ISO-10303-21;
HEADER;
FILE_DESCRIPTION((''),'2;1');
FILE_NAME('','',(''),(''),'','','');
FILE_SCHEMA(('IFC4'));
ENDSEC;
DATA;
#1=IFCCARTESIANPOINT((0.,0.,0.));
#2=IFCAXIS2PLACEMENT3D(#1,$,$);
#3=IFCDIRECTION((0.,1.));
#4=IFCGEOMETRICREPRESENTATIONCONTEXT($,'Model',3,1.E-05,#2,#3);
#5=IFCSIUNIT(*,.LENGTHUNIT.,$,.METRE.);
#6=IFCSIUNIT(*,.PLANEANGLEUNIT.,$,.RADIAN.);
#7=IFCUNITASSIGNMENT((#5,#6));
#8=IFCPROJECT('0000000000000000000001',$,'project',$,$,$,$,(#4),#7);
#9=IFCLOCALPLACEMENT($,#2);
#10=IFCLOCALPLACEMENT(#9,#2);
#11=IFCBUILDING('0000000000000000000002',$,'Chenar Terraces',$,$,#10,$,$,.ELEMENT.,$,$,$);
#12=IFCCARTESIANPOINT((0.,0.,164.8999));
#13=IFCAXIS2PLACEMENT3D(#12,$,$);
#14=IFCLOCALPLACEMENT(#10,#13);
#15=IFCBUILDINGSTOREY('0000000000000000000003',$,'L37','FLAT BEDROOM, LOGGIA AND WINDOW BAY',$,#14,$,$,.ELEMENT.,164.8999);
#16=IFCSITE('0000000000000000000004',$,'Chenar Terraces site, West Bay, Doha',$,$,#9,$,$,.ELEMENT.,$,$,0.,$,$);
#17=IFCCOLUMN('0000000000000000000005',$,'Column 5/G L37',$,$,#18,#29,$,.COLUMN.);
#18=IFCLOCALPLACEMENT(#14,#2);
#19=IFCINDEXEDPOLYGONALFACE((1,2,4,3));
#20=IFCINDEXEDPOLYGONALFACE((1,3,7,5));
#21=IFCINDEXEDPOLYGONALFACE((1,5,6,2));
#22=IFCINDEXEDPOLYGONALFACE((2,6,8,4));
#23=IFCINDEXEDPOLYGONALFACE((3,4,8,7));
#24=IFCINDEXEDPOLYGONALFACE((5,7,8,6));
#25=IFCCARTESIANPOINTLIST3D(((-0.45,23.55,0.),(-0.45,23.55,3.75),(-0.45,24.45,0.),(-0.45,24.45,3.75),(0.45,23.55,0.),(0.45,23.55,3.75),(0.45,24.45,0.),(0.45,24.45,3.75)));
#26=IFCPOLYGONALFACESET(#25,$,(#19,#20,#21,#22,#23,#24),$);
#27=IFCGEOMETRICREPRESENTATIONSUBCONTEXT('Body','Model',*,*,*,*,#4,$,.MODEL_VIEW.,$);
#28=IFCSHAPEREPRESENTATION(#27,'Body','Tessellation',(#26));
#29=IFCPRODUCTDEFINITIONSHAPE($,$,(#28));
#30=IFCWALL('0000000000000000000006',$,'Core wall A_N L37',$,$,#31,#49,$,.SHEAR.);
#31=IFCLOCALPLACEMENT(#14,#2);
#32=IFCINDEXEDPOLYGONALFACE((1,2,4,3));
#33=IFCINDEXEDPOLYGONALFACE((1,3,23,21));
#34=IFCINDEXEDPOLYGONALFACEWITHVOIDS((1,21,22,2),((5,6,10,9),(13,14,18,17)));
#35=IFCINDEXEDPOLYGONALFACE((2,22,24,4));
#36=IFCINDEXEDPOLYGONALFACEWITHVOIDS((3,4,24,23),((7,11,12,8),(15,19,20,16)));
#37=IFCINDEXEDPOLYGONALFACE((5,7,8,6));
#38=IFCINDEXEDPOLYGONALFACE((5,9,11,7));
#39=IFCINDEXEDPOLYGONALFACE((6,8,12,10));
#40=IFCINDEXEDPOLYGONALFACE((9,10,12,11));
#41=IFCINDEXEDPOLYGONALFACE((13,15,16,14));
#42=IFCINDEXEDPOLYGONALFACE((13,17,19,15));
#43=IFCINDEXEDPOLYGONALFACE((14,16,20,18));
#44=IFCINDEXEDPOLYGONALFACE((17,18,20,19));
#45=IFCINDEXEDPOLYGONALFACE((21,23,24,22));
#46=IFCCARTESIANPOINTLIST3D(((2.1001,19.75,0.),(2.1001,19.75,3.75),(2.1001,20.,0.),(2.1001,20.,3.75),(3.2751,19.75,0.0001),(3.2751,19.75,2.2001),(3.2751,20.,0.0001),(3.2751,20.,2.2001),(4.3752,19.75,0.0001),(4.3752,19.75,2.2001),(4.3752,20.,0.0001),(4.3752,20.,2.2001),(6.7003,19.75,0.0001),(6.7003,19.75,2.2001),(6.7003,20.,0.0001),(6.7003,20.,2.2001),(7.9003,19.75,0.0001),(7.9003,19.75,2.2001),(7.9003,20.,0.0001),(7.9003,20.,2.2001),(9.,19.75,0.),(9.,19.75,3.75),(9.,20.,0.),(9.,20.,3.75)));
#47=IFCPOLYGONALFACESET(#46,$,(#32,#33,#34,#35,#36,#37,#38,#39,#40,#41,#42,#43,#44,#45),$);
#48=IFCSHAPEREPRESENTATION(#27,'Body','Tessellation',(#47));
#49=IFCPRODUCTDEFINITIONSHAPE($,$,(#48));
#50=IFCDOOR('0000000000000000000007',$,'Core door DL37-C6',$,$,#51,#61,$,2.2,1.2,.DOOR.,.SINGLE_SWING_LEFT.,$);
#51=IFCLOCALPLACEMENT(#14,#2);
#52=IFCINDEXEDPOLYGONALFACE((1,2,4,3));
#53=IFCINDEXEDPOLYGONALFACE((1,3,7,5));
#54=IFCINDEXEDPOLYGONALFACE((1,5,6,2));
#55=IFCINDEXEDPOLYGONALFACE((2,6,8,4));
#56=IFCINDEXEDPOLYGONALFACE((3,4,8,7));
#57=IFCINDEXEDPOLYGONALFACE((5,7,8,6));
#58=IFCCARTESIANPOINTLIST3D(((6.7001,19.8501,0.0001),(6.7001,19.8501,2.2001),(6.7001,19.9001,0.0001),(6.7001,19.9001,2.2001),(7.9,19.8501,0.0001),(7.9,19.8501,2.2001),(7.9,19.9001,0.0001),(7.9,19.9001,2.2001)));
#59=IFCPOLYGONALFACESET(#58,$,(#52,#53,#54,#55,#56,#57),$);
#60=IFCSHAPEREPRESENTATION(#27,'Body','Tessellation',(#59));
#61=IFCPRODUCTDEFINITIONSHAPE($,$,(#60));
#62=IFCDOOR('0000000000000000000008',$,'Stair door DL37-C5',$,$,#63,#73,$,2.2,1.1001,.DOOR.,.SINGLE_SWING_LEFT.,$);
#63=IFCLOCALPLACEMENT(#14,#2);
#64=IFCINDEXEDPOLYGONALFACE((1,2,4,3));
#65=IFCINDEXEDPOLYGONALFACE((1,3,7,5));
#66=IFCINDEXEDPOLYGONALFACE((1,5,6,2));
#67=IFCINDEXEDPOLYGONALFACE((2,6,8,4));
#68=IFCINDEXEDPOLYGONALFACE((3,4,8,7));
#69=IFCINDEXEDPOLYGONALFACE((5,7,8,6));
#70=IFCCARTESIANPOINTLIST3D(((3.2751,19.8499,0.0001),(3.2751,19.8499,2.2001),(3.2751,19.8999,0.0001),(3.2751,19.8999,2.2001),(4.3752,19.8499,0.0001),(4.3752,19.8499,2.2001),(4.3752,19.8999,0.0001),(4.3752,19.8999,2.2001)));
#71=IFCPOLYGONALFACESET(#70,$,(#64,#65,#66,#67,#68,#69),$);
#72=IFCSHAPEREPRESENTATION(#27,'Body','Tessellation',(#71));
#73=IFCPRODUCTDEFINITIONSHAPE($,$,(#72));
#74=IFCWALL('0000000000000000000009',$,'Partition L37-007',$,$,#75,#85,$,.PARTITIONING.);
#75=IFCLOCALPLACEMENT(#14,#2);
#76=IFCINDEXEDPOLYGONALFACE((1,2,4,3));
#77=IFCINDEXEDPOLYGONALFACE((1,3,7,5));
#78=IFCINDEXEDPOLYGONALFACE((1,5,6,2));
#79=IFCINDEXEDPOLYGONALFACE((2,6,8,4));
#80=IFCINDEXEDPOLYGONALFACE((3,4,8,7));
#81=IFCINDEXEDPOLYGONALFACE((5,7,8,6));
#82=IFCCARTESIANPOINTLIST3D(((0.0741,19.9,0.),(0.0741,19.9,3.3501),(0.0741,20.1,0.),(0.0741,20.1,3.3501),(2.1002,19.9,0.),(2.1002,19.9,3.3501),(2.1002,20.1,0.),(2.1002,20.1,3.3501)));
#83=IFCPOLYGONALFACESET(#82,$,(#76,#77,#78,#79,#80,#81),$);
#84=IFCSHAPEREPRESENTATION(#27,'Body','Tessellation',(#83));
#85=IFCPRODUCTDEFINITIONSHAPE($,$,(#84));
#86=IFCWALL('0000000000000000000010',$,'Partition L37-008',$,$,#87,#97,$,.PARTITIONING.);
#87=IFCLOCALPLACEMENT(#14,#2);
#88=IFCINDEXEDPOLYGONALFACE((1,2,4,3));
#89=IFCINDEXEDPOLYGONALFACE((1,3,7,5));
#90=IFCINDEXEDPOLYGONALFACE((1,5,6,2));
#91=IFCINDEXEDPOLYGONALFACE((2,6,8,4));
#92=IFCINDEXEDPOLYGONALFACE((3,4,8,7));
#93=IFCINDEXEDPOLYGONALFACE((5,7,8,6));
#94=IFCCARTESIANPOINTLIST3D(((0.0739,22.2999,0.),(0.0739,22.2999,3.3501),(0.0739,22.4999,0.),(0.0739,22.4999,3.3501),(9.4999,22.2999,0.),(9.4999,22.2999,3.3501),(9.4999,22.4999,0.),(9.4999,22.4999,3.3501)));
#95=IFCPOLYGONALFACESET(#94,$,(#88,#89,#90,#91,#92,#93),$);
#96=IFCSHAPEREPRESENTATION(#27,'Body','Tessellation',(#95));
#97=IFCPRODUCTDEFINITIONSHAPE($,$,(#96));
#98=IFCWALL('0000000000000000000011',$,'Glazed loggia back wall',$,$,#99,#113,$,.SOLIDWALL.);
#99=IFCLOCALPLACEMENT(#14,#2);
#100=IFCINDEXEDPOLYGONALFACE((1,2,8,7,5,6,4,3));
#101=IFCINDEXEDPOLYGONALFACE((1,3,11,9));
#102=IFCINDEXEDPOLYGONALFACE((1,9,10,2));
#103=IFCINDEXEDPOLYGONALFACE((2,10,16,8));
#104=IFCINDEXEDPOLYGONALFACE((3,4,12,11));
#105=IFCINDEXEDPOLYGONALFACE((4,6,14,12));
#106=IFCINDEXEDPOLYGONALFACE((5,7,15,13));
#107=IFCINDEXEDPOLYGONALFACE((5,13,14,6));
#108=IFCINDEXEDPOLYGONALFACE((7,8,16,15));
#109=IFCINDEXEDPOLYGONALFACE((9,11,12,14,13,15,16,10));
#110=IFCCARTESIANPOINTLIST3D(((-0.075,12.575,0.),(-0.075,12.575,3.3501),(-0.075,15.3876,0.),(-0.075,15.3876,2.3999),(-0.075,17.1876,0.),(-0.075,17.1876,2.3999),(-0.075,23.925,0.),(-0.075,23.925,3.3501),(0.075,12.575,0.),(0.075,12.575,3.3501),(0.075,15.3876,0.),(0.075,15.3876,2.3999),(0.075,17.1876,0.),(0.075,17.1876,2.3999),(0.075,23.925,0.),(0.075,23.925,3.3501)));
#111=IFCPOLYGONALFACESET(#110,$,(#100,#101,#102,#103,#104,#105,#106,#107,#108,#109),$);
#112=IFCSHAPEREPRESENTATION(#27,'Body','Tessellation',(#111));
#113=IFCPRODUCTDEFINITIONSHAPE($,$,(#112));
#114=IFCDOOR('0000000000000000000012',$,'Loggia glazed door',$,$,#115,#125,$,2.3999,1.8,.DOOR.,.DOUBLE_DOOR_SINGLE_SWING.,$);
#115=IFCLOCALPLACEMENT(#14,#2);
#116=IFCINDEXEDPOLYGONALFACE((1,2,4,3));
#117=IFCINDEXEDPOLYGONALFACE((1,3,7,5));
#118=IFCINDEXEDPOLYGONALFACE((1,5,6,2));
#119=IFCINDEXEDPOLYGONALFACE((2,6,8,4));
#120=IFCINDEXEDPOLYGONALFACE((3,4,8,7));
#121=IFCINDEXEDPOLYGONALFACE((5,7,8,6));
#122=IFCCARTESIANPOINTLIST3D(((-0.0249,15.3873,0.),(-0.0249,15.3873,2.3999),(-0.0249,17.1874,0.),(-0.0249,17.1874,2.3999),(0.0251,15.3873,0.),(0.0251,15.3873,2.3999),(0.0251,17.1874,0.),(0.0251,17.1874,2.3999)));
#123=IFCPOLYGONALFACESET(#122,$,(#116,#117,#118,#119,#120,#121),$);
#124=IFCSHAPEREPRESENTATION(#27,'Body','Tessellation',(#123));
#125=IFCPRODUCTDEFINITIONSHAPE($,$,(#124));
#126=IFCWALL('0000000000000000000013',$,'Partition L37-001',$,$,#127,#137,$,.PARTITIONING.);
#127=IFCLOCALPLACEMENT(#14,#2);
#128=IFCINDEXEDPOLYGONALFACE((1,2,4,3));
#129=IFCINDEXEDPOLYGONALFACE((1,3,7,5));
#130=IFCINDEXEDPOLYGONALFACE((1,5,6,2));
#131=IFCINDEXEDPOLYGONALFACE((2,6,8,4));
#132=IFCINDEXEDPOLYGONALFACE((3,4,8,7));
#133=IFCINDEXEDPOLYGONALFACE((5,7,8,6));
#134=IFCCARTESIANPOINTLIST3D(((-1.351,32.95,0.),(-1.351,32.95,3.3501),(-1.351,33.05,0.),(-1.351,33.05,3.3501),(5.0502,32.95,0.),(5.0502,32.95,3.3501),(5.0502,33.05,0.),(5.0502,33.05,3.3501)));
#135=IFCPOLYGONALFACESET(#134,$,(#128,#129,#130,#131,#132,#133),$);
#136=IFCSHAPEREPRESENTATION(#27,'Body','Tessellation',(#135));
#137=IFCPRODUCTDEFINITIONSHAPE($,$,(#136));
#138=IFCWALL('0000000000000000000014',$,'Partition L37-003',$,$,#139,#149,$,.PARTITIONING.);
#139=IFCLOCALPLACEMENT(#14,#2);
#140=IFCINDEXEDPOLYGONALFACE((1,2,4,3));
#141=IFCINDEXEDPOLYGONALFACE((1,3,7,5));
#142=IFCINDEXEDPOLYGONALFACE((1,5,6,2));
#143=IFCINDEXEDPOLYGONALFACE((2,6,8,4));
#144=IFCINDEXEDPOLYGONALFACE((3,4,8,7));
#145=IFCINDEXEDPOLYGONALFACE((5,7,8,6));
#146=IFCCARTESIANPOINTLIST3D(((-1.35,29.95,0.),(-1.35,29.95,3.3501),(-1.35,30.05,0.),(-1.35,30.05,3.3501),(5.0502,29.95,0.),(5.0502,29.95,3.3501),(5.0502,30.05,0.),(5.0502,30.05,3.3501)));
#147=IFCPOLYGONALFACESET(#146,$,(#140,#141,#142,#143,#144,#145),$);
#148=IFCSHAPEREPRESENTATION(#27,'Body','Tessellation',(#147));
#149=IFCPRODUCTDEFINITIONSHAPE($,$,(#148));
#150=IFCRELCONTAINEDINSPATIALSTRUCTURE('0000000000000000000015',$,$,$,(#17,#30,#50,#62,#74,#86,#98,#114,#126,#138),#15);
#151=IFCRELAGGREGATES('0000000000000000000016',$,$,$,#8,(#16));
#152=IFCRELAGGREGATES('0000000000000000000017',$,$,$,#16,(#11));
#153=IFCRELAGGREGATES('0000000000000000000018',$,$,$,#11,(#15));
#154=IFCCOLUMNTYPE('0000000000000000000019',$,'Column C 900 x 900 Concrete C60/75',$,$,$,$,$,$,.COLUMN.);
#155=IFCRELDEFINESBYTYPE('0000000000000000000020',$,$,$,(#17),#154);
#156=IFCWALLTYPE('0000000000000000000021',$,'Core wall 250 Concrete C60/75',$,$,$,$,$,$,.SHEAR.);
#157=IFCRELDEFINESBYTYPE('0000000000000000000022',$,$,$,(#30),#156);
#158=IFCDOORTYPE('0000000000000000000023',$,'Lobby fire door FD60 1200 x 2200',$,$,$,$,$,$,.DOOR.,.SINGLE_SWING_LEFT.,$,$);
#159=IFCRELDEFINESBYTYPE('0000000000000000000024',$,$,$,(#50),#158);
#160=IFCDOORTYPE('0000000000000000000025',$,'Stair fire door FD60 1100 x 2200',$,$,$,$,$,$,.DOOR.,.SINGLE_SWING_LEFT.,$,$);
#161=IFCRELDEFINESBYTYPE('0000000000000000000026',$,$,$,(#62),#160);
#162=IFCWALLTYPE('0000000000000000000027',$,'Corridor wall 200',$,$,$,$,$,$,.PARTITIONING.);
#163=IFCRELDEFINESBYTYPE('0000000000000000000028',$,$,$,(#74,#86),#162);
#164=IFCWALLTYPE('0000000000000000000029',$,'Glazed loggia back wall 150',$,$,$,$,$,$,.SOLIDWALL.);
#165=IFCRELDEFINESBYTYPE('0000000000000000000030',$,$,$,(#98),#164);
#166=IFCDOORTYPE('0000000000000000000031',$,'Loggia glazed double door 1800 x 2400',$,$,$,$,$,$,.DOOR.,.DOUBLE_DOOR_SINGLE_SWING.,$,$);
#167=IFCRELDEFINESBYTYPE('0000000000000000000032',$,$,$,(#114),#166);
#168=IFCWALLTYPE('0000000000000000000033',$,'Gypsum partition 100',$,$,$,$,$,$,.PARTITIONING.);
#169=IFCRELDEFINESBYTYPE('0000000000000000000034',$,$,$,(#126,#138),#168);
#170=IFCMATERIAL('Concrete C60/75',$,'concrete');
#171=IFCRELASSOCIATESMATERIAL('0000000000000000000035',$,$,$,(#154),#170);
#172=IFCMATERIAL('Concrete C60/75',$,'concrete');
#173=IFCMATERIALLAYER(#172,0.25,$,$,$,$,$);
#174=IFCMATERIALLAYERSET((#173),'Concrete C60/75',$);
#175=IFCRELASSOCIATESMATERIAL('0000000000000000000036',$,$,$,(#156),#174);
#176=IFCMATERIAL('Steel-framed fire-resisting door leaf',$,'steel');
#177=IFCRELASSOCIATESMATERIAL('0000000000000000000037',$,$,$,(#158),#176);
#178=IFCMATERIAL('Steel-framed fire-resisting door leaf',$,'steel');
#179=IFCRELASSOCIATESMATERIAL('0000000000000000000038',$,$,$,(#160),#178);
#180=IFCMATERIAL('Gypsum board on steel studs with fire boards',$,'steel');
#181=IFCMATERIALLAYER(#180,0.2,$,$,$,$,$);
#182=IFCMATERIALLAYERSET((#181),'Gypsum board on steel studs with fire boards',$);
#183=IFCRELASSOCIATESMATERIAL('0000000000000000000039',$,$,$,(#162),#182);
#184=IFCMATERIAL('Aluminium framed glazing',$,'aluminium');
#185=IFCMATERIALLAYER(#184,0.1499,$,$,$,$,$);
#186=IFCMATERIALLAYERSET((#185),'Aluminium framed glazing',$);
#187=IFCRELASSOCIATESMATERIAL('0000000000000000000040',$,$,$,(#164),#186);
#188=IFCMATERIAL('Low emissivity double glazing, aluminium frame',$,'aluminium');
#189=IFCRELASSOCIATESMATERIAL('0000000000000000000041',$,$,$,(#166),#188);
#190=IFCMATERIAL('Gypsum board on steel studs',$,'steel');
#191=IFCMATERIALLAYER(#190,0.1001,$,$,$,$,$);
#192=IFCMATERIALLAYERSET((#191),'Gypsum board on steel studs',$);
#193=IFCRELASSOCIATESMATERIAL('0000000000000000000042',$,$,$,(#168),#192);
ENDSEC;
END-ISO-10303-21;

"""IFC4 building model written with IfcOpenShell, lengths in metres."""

from ifc_helpers import new_model, si_unit, direction, frame, frame_2d, origin, origin_2d, place, context, subcontext, project, spatial, rectangle, extrude, material, layer, layer_set, material_profile, profile_set, type_object, element, fill, save


model = new_model("IFC4")

# Units and contexts
model_context = context("Model", 3, precision=1e-05, world=origin(), true_north=direction((0.0, 1.0)))
body_context = subcontext(model_context, "Body", "Model", "MODEL_VIEW")
ifc_project = project(units=[si_unit("LENGTHUNIT", "METRE"), si_unit("PLANEANGLEUNIT", "RADIAN")], contexts=[model_context])

# Site, building, storey
site_placement = place(None, origin())
site = spatial("IfcSite", under=ifc_project, at=site_placement, Name="Chenar Terraces site, West Bay, Doha", CompositionType="ELEMENT", RefElevation=0.0)
building_placement = place(site_placement, origin())
building = spatial("IfcBuilding", under=site, at=building_placement, Name="Chenar Terraces", CompositionType="ELEMENT")
storey_placement = place(building_placement, frame((0.0, 0.0, 164.8999)))
storey = spatial("IfcBuildingStorey", under=building, at=storey_placement, Name="L37", Description="FLAT BEDROOM, LOGGIA AND WINDOW BAY", CompositionType="ELEMENT", Elevation=164.8999)

# Column
ifc_material_1 = material(Name="Concrete C60/75", Category="concrete")
ifc_material_profile_1 = material_profile(ifc_material_1, rectangle(XDim=0.8999, YDim=0.8999, at=origin_2d()), Name="C 900 x 900")
ifc_profile_set_1 = profile_set([ifc_material_profile_1], Name="Concrete C60/75")
column_type = type_object("IfcColumnType", Name="Column C 900 x 900 Concrete C60/75", PredefinedType="COLUMN", material=ifc_profile_set_1)
column_placement = place(storey_placement, frame((0.0, 24.0, 0.0), z_axis=(0.0, 0.0, 1.0), x_axis=(1.0, 0.0, 0.0)))
element("IfcColumn", 1, at=column_placement, inside=storey, type_object=column_type, Name="Column 5/G L37", PredefinedType="COLUMN", context=body_context, shape_type="SweptSolid", body=[
    extrude(rectangle(XDim=0.8999, YDim=0.8999, at=origin_2d()), origin(), (0.0, 0.0, 1.0), 3.75),
])

# Wall, openings, doors
ifc_material_2 = material(Name="Concrete C60/75", Category="concrete")
ifc_layer_1 = layer(ifc_material_2, 0.25)
ifc_layer_set_1 = layer_set([ifc_layer_1], Name="Concrete C60/75")
wall_type_1 = type_object("IfcWallType", Name="Core wall 250 Concrete C60/75", PredefinedType="SHEAR", material=ifc_layer_set_1)
wall_1_placement = place(storey_placement, frame((2.1001, 19.875, 0.0), z_axis=(0.0, 0.0, 1.0), x_axis=(1.0, 0.0, 0.0)))
wall_1 = element("IfcWall", 2, at=wall_1_placement, inside=storey, type_object=wall_type_1, Name="Core wall A_N L37", PredefinedType="SHEAR", context=body_context, shape_type="SweptSolid", body=[
    extrude(rectangle(XDim=6.8999, YDim=0.25, at=frame_2d((3.45, 0.0))), origin(), (0.0, 0.0, 1.0), 3.75),
])
opening_1_placement = place(wall_1_placement, frame((1.175, 0.0, 0.0)))
opening_1 = element("IfcOpeningElement", 3, at=opening_1_placement, cuts=wall_1, PredefinedType="OPENING", context=body_context, shape_type="SweptSolid", body=[
    extrude(rectangle(XDim=1.1001, YDim=2.2, at=frame_2d((0.55, 1.1001))), frame((0.0, 0.135, 0.0), z_axis=(0.0, -1.0, 0.0), x_axis=(1.0, 0.0, 0.0)), (0.0, 0.0, 1.0), 0.27),
])
opening_2_placement = place(wall_1_placement, frame((4.6001, 0.0, 0.0)))
opening_2 = element("IfcOpeningElement", 4, at=opening_2_placement, cuts=wall_1, PredefinedType="OPENING", context=body_context, shape_type="SweptSolid", body=[
    extrude(rectangle(XDim=1.2, YDim=2.2, at=frame_2d((0.6001, 1.1001))), frame((0.0, 0.135, 0.0), z_axis=(0.0, -1.0, 0.0), x_axis=(1.0, 0.0, 0.0)), (0.0, 0.0, 1.0), 0.27),
])
ifc_material_3 = material(Name="Steel-framed fire-resisting door leaf", Category="steel")
door_type_1 = type_object("IfcDoorType", Name="Lobby fire door FD60 1200 x 2200", OperationType="SINGLE_SWING_LEFT", PredefinedType="DOOR", material=ifc_material_3)
door_1_placement = place(opening_2_placement, frame((1.2, 0.0, 0.0), z_axis=(0.0, 0.0, 1.0), x_axis=(-1.0, 0.0, 0.0)))
door_1 = element("IfcDoor", 5, at=door_1_placement, inside=storey, type_object=door_type_1, Name="Core door DL37-C6", OperationType="SINGLE_SWING_LEFT", OverallHeight=2.2, OverallWidth=1.2, PredefinedType="DOOR", context=body_context, shape_type="SweptSolid", body=[
    extrude(rectangle(XDim=1.2, YDim=2.2, at=frame_2d((0.6001, 1.1001))), frame((0.0, 0.0249, 0.0), z_axis=(0.0, -1.0, 0.0), x_axis=(1.0, 0.0, 0.0)), (0.0, 0.0, 1.0), 0.05),
])
fill(opening_2, door_1)
ifc_material_4 = material(Name="Steel-framed fire-resisting door leaf", Category="steel")
door_type_2 = type_object("IfcDoorType", Name="Stair fire door FD60 1100 x 2200", OperationType="SINGLE_SWING_LEFT", PredefinedType="DOOR", material=ifc_material_4)
door_2_placement = place(opening_1_placement, origin())
door_2 = element("IfcDoor", 6, at=door_2_placement, inside=storey, type_object=door_type_2, Name="Stair door DL37-C5", OperationType="SINGLE_SWING_LEFT", OverallHeight=2.2, OverallWidth=1.1001, PredefinedType="DOOR", context=body_context, shape_type="SweptSolid", body=[
    extrude(rectangle(XDim=1.1001, YDim=2.2, at=frame_2d((0.55, 1.1001))), frame((0.0, 0.0249, 0.0), z_axis=(0.0, -1.0, 0.0), x_axis=(1.0, 0.0, 0.0)), (0.0, 0.0, 1.0), 0.05),
])
fill(opening_1, door_2)

# Walls
ifc_material_5 = material(Name="Gypsum board on steel studs with fire boards", Category="steel")
ifc_layer_2 = layer(ifc_material_5, 0.2)
ifc_layer_set_2 = layer_set([ifc_layer_2], Name="Gypsum board on steel studs with fire boards")
wall_type_2 = type_object("IfcWallType", Name="Corridor wall 200", PredefinedType="PARTITIONING", material=ifc_layer_set_2)
wall_2_placement = place(storey_placement, frame((0.074, 20.0, 0.0), z_axis=(0.0, 0.0, 1.0), x_axis=(1.0, 0.0, 0.0)))
element("IfcWall", 7, at=wall_2_placement, inside=storey, type_object=wall_type_2, Name="Partition L37-007", PredefinedType="PARTITIONING", context=body_context, shape_type="SweptSolid", body=[
    extrude(rectangle(XDim=2.0261, YDim=0.2, at=frame_2d((1.0132, 0.0))), origin(), (0.0, 0.0, 1.0), 3.3501),
])
wall_3_placement = place(storey_placement, frame((0.074, 22.3999, 0.0), z_axis=(0.0, 0.0, 1.0), x_axis=(1.0, 0.0, 0.0)))
element("IfcWall", 8, at=wall_3_placement, inside=storey, type_object=wall_type_2, Name="Partition L37-008", PredefinedType="PARTITIONING", context=body_context, shape_type="SweptSolid", body=[
    extrude(rectangle(XDim=9.426, YDim=0.2, at=frame_2d((4.7129, 0.0))), origin(), (0.0, 0.0, 1.0), 3.3501),
])

# Wall, opening, door
ifc_material_6 = material(Name="Aluminium framed glazing", Category="aluminium")
ifc_layer_3 = layer(ifc_material_6, 0.1499)
ifc_layer_set_3 = layer_set([ifc_layer_3], Name="Aluminium framed glazing")
wall_type_3 = type_object("IfcWallType", Name="Glazed loggia back wall 150", PredefinedType="SOLIDWALL", material=ifc_layer_set_3)
wall_4_placement = place(storey_placement, frame((0.0, 23.925, 0.0), z_axis=(0.0, 0.0, 1.0), x_axis=(0.0, -1.0, 0.0)))
wall_4 = element("IfcWall", 9, at=wall_4_placement, inside=storey, type_object=wall_type_3, Name="Glazed loggia back wall", PredefinedType="SOLIDWALL", context=body_context, shape_type="SweptSolid", body=[
    extrude(rectangle(XDim=11.3501, YDim=0.1499, at=frame_2d((5.675, 0.0))), origin(), (0.0, 0.0, 1.0), 3.3501),
])
opening_3_placement = place(wall_4_placement, frame((6.7375, 0.0, 0.0)))
opening_3 = element("IfcOpeningElement", 10, at=opening_3_placement, cuts=wall_4, PredefinedType="OPENING", context=body_context, shape_type="SweptSolid", body=[
    extrude(rectangle(XDim=1.8, YDim=2.3999, at=frame_2d((0.8999, 1.2))), frame((0.0, 0.085, 0.0), z_axis=(0.0, -1.0, 0.0), x_axis=(1.0, 0.0, 0.0)), (0.0, 0.0, 1.0), 0.1699),
])
ifc_material_7 = material(Name="Low emissivity double glazing, aluminium frame", Category="aluminium")
door_type_3 = type_object("IfcDoorType", Name="Loggia glazed double door 1800 x 2400", OperationType="DOUBLE_DOOR_SINGLE_SWING", PredefinedType="DOOR", material=ifc_material_7)
door_3_placement = place(opening_3_placement, frame((1.8, 0.0, 0.0), z_axis=(0.0, 0.0, 1.0), x_axis=(-1.0, 0.0, 0.0)))
door_3 = element("IfcDoor", 11, at=door_3_placement, inside=storey, type_object=door_type_3, Name="Loggia glazed door", OperationType="DOUBLE_DOOR_SINGLE_SWING", OverallHeight=2.3999, OverallWidth=1.8, PredefinedType="DOOR", context=body_context, shape_type="SweptSolid", body=[
    extrude(rectangle(XDim=1.8, YDim=2.3999, at=frame_2d((0.8999, 1.2))), frame((0.0, 0.0249, 0.0), z_axis=(0.0, -1.0, 0.0), x_axis=(1.0, 0.0, 0.0)), (0.0, 0.0, 1.0), 0.05),
])
fill(opening_3, door_3)

# Walls
ifc_material_8 = material(Name="Gypsum board on steel studs", Category="steel")
ifc_layer_4 = layer(ifc_material_8, 0.1001)
ifc_layer_set_4 = layer_set([ifc_layer_4], Name="Gypsum board on steel studs")
wall_type_4 = type_object("IfcWallType", Name="Gypsum partition 100", PredefinedType="PARTITIONING", material=ifc_layer_set_4)
wall_5_placement = place(storey_placement, frame((-1.3511, 33.0, 0.0), z_axis=(0.0, 0.0, 1.0), x_axis=(1.0, 0.0, 0.0)))
element("IfcWall", 12, at=wall_5_placement, inside=storey, type_object=wall_type_4, Name="Partition L37-001", PredefinedType="PARTITIONING", context=body_context, shape_type="SweptSolid", body=[
    extrude(rectangle(XDim=6.4011, YDim=0.1001, at=frame_2d((3.2007, 0.0))), origin(), (0.0, 0.0, 1.0), 3.3501),
])
wall_6_placement = place(storey_placement, frame((-1.3501, 30.0, 0.0), z_axis=(0.0, 0.0, 1.0), x_axis=(1.0, 0.0, 0.0)))
element("IfcWall", 13, at=wall_6_placement, inside=storey, type_object=wall_type_4, Name="Partition L37-003", PredefinedType="PARTITIONING", context=body_context, shape_type="SweptSolid", body=[
    extrude(rectangle(XDim=6.4001, YDim=0.1001, at=frame_2d((3.2002, 0.0))), origin(), (0.0, 0.0, 1.0), 3.3501),
])

save(model, "model.ifc")
